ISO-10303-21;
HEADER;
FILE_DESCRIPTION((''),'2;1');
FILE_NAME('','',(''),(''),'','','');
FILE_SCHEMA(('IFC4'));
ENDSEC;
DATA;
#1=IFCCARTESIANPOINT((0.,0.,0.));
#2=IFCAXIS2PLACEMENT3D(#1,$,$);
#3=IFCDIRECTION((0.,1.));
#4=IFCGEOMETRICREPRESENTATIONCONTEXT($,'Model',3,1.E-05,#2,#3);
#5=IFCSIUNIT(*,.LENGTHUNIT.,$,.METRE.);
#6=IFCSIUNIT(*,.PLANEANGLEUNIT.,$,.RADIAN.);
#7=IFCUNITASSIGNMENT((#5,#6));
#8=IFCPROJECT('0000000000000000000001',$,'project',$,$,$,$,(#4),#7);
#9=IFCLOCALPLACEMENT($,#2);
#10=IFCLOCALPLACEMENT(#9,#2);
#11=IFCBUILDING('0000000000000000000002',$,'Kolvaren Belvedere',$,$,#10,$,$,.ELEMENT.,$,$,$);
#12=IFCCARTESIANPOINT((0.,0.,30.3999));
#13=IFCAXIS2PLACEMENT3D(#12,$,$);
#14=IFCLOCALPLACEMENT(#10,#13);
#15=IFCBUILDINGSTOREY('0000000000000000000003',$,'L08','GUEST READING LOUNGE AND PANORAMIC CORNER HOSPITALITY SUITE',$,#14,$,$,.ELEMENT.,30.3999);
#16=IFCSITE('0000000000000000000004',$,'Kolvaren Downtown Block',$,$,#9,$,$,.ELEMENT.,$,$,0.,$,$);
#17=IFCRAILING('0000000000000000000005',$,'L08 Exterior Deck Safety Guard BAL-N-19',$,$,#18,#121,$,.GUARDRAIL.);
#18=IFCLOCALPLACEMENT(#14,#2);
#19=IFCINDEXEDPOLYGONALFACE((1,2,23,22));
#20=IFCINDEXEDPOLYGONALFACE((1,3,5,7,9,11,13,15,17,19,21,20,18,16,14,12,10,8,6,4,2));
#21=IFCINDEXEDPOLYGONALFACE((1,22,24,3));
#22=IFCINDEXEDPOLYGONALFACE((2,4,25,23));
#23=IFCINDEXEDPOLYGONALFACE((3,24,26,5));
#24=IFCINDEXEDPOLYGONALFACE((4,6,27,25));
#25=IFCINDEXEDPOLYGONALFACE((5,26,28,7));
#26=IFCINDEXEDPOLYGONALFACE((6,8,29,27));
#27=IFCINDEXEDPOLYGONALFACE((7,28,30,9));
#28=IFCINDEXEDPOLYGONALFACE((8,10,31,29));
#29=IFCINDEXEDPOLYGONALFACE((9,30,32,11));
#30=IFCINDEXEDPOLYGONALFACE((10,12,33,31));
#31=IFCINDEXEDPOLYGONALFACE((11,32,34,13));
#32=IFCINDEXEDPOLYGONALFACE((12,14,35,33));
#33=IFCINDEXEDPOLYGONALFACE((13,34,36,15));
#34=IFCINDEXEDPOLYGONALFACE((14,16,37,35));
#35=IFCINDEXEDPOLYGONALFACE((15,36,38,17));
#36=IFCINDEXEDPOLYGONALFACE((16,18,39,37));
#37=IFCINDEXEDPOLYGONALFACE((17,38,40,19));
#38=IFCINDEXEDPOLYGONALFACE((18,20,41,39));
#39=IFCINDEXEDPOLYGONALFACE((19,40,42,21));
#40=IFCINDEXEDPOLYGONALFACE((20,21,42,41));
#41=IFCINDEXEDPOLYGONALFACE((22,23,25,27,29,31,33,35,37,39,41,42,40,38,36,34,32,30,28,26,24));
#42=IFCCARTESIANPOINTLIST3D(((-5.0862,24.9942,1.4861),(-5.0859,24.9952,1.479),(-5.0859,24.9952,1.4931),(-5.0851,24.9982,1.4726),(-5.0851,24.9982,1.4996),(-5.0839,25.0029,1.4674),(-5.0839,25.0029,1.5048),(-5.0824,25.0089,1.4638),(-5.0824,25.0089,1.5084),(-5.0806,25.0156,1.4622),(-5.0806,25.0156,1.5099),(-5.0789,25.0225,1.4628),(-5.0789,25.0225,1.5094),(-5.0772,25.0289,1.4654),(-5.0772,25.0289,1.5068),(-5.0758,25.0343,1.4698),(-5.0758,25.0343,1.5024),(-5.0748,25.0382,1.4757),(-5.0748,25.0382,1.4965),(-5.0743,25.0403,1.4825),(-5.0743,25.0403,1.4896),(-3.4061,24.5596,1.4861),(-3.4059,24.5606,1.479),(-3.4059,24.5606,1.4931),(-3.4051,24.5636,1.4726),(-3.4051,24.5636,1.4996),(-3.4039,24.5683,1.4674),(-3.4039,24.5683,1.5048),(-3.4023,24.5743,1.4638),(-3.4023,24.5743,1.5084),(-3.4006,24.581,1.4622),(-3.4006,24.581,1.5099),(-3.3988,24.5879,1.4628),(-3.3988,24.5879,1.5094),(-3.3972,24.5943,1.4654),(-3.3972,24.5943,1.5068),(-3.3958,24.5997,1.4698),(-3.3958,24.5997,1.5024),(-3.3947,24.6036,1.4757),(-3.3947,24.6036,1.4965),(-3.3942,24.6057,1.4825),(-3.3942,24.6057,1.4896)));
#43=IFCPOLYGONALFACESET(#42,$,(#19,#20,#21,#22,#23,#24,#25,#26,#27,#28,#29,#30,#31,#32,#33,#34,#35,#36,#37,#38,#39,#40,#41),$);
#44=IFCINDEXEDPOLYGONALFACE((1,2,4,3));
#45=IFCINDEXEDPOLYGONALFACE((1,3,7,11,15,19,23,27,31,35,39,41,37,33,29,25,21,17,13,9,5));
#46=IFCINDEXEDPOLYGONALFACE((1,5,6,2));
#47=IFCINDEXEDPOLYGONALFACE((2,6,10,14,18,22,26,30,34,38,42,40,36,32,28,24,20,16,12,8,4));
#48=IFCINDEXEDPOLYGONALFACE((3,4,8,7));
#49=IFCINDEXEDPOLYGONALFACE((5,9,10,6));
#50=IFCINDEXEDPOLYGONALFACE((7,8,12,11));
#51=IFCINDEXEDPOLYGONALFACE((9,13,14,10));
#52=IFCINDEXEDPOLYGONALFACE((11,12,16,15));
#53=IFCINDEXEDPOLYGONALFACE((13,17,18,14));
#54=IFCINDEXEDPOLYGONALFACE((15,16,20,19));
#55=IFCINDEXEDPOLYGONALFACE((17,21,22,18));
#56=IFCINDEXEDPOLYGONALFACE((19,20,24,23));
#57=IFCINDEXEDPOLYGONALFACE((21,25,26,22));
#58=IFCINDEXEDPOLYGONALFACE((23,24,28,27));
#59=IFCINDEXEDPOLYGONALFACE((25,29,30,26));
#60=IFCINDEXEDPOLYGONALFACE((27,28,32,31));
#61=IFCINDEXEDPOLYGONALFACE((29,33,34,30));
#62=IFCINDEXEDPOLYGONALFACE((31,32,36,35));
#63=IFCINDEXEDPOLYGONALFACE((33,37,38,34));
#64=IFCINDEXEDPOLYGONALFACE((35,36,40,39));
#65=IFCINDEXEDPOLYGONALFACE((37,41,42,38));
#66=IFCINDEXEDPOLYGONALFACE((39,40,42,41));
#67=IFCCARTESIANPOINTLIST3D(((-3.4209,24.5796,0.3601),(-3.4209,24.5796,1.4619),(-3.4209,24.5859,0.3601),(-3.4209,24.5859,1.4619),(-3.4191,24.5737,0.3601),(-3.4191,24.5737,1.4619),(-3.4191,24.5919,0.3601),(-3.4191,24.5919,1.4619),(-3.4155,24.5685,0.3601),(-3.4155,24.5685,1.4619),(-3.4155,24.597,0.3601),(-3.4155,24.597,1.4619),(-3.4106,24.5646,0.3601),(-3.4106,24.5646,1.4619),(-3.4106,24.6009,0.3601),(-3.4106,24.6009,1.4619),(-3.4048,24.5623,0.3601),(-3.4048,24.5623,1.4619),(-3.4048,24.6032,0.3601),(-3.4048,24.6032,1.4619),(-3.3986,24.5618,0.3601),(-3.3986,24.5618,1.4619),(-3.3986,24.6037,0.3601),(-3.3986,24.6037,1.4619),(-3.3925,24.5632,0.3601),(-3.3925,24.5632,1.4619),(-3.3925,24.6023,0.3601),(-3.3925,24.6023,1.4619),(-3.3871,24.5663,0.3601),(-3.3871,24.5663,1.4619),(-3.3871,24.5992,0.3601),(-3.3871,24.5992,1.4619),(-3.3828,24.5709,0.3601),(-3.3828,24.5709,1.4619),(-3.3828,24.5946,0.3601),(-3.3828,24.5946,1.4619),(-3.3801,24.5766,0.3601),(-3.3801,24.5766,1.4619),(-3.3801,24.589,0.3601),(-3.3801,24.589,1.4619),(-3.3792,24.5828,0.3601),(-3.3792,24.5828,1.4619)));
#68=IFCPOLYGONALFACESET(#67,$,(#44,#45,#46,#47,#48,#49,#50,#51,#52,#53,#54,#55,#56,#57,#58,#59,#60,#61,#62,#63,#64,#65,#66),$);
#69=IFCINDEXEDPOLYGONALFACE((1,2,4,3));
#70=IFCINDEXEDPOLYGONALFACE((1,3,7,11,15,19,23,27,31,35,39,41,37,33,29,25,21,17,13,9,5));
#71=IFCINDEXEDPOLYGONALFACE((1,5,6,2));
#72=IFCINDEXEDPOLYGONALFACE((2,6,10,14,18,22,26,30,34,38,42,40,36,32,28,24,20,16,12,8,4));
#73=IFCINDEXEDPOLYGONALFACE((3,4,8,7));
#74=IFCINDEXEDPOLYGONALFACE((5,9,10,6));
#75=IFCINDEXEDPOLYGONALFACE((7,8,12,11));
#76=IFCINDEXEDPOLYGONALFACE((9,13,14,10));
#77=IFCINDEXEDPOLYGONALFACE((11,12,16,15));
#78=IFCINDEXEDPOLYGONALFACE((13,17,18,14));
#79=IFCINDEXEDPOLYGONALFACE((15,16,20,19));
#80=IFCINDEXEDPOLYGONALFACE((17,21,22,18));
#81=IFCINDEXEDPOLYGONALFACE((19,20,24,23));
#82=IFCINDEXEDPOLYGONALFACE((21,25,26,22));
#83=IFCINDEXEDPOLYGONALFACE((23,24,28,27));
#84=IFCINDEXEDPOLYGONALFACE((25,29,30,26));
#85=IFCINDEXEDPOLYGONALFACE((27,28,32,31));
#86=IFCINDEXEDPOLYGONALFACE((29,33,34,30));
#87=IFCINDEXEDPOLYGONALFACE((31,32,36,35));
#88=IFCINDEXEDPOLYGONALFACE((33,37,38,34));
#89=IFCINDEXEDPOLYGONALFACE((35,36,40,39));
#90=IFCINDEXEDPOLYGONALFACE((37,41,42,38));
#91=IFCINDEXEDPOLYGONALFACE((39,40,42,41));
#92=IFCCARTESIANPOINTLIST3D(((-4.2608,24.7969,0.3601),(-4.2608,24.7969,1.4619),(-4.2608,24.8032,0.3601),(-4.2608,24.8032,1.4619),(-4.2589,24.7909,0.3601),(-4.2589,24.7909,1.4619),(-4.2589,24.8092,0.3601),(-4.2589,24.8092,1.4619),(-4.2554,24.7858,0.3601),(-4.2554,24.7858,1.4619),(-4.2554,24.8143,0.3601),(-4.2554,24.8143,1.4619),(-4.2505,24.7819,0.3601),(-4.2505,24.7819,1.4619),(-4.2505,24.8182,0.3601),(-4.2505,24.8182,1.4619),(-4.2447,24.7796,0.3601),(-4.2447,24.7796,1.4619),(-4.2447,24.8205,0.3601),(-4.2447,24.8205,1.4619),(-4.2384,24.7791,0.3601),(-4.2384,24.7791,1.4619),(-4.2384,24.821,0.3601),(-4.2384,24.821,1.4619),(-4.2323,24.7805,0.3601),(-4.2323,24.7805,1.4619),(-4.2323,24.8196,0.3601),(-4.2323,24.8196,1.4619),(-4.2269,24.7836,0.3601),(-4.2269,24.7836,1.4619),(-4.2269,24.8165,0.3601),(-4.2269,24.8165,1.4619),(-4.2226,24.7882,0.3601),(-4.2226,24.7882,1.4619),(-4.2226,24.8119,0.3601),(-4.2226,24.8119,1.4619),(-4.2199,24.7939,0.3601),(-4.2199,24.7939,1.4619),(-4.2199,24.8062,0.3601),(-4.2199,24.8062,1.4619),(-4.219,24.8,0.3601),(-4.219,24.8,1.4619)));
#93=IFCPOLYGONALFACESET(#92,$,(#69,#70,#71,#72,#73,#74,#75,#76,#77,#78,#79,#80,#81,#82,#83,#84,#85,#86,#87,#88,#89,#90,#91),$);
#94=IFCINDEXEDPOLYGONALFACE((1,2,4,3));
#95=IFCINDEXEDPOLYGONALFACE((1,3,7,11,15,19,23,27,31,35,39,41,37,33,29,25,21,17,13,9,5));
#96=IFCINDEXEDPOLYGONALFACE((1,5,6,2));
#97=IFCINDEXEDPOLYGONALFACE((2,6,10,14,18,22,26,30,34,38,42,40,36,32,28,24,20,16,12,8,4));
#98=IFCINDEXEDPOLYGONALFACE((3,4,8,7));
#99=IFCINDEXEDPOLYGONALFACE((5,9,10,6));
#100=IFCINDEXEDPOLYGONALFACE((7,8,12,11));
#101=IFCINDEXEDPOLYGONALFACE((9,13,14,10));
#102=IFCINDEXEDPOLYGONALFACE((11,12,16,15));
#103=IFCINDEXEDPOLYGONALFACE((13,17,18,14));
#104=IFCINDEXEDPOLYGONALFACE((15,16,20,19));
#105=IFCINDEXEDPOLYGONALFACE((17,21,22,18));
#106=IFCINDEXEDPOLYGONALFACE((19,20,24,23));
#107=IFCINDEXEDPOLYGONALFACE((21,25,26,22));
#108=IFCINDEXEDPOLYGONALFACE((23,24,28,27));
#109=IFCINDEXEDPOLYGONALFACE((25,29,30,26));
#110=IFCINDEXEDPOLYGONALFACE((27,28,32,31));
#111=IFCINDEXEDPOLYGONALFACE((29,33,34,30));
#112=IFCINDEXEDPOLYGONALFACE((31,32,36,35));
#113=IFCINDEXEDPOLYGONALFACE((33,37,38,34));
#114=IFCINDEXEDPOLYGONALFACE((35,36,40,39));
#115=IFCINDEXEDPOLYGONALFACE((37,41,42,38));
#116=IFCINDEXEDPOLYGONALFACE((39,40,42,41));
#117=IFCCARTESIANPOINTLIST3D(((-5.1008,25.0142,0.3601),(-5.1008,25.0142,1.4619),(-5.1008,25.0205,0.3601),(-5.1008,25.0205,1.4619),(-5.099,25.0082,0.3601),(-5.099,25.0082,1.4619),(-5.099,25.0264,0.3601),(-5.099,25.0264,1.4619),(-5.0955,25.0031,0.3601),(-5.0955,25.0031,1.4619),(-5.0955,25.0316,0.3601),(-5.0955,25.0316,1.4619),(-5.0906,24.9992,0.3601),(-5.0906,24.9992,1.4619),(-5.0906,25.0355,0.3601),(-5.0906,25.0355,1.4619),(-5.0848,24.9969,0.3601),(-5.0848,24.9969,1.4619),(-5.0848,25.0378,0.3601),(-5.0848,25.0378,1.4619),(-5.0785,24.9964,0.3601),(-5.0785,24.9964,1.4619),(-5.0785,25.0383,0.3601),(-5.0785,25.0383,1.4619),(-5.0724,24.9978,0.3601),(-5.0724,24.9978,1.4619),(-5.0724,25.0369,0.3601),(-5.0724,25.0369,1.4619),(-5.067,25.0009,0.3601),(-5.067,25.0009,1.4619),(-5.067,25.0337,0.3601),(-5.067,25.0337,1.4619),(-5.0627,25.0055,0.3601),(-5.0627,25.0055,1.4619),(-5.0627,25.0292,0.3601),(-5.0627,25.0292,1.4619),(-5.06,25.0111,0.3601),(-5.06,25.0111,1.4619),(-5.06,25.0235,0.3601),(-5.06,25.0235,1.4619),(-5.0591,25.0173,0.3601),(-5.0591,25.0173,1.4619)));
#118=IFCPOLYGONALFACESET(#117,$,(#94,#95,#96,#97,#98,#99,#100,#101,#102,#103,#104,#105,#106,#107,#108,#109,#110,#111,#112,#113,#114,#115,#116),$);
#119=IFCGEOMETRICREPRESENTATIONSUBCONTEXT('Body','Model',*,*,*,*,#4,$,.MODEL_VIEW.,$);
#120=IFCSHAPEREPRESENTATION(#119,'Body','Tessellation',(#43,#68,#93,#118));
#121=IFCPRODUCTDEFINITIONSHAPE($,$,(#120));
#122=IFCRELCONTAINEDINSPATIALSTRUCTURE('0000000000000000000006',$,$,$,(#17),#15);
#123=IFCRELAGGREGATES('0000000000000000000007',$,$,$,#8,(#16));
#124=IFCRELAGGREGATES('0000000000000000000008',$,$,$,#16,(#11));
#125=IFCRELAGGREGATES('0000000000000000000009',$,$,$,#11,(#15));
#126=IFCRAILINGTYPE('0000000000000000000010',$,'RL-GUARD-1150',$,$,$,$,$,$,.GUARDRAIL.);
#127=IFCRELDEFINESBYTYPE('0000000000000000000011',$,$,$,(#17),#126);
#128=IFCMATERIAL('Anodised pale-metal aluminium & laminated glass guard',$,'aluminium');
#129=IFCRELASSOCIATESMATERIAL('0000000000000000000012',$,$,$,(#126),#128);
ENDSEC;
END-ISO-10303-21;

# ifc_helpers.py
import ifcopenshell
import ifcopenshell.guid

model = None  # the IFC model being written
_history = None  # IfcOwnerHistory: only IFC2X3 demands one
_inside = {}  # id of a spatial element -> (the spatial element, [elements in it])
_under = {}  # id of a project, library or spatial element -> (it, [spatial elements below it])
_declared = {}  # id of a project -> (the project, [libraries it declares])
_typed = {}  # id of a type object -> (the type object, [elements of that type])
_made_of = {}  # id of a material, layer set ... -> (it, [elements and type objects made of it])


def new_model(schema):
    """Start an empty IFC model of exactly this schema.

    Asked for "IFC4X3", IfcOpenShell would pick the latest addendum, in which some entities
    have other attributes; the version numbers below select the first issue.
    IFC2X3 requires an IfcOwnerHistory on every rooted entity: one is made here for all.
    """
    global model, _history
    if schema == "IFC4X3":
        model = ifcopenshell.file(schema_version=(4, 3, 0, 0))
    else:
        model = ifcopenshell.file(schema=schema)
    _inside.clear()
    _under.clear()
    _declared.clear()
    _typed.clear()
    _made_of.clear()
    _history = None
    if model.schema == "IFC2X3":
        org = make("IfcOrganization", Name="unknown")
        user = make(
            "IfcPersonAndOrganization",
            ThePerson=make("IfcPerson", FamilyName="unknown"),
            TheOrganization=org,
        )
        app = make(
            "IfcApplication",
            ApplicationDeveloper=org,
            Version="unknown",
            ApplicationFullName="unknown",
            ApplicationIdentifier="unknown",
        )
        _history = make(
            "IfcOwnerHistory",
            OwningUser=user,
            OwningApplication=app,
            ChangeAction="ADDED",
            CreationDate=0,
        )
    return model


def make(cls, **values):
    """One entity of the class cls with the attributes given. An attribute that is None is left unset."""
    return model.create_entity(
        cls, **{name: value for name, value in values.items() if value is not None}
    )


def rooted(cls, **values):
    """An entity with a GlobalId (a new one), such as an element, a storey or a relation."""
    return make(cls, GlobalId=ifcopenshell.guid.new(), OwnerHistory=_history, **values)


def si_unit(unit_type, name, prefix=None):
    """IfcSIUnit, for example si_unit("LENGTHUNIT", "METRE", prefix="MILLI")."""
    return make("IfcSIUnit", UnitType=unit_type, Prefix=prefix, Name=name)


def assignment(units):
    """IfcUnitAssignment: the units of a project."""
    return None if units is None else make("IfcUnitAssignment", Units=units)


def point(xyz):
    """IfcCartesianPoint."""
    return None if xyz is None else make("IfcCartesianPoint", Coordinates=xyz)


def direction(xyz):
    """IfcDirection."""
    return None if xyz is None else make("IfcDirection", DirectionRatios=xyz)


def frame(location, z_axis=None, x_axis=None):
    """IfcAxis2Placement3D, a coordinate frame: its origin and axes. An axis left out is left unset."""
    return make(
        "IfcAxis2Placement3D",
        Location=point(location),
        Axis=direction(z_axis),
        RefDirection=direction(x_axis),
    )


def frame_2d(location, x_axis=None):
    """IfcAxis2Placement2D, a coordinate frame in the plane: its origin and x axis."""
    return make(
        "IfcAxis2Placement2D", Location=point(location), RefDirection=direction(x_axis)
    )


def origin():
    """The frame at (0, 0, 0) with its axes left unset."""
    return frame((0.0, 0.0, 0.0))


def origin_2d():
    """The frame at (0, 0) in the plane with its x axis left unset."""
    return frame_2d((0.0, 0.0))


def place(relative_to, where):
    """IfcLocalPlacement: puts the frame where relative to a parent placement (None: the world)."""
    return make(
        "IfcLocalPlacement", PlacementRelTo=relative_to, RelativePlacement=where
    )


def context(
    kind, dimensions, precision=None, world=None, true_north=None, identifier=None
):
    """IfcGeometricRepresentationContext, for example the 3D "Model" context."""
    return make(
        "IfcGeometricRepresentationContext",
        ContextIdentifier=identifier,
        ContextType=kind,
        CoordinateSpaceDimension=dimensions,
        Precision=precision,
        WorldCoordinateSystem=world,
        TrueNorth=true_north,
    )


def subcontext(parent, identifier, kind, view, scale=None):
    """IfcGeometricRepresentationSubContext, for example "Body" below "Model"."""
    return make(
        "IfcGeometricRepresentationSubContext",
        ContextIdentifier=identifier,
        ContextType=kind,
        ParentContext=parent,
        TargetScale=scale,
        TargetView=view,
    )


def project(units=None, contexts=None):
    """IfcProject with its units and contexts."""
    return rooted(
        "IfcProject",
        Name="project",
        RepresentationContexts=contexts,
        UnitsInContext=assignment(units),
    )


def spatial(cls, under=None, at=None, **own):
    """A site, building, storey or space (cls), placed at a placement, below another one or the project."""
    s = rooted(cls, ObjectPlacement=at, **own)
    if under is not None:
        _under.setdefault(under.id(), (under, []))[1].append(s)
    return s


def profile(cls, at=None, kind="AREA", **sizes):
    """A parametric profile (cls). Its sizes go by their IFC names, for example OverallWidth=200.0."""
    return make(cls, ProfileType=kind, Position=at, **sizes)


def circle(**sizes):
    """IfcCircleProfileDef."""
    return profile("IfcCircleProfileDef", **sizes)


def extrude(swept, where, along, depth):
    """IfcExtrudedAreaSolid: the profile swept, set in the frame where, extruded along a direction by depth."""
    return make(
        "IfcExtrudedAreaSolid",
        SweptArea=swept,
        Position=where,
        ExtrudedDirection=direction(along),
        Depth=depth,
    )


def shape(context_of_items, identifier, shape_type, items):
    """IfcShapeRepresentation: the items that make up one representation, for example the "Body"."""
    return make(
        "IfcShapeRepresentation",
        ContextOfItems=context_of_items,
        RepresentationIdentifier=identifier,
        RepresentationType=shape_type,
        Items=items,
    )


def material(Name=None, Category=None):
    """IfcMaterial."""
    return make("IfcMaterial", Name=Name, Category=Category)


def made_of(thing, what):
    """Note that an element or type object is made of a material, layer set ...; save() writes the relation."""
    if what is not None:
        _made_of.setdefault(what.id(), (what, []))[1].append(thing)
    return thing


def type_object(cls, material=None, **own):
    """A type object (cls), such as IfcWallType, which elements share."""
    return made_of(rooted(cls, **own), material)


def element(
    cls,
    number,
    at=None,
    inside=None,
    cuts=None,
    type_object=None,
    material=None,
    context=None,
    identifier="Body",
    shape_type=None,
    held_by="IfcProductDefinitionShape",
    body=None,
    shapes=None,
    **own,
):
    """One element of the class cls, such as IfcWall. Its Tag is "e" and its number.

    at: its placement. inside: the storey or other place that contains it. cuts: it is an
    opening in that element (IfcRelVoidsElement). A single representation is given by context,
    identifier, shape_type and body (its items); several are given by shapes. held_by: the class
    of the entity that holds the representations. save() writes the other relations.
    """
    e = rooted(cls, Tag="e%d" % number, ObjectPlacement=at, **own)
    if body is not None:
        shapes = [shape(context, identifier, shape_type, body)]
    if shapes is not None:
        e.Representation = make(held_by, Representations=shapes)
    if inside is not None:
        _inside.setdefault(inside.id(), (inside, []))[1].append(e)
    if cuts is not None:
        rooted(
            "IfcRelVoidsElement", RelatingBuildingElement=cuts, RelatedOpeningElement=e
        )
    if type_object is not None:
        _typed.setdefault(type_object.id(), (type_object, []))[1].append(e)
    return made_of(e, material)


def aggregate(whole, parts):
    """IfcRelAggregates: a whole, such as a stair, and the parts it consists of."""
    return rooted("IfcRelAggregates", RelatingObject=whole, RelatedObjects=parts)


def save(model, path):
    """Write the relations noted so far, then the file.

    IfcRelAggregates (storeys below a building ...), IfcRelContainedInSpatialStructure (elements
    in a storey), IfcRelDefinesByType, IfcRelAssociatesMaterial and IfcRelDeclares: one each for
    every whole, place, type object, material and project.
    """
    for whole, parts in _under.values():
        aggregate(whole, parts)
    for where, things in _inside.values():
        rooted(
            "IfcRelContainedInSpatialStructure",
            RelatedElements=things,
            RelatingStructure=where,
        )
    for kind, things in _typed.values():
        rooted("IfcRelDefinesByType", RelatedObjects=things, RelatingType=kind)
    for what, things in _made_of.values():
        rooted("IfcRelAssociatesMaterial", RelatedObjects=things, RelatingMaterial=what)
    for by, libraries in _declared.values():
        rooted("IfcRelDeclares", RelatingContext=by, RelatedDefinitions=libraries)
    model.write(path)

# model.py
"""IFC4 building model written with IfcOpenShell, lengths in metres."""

from ifc_helpers import new_model, si_unit, direction, frame, origin, origin_2d, place, context, subcontext, project, spatial, circle, extrude, material, type_object, element, save


model = new_model("IFC4")

# Units and contexts
model_context = context("Model", 3, precision=1e-05, world=origin(), true_north=direction((0.0, 1.0)))
body_context = subcontext(model_context, "Body", "Model", "MODEL_VIEW")
ifc_project = project(units=[si_unit("LENGTHUNIT", "METRE"), si_unit("PLANEANGLEUNIT", "RADIAN")], contexts=[model_context])

# Site, building, storey
site_placement = place(None, origin())
site = spatial("IfcSite", under=ifc_project, at=site_placement, Name="Kolvaren Downtown Block", CompositionType="ELEMENT", RefElevation=0.0)
building_placement = place(site_placement, origin())
building = spatial("IfcBuilding", under=site, at=building_placement, Name="Kolvaren Belvedere", CompositionType="ELEMENT")
storey_placement = place(building_placement, frame((0.0, 0.0, 30.3999)))
storey = spatial("IfcBuildingStorey", under=building, at=storey_placement, Name="L08", Description="GUEST READING LOUNGE AND PANORAMIC CORNER HOSPITALITY SUITE", CompositionType="ELEMENT", Elevation=30.3999)

# Railing
ifc_material_1 = material(Name="Anodised pale-metal aluminium & laminated glass guard", Category="aluminium")
railing_type = type_object("IfcRailingType", Name="RL-GUARD-1150", PredefinedType="GUARDRAIL", material=ifc_material_1)
railing_1_placement = place(storey_placement, frame((-3.4001, 24.5828, 0.3601)))
element("IfcRailing", 1, at=railing_1_placement, inside=storey, type_object=railing_type, Name="L08 Exterior Deck Safety Guard BAL-N-19", PredefinedType="GUARDRAIL", context=body_context, shape_type="SweptSolid", body=[
    extrude(circle(Radius=0.0239, at=origin_2d()), frame((0.0, 0.0, 1.126), z_axis=(-0.968132, 0.25044, 0.0), x_axis=(-0.25044, -0.968132, 0.0)), (0.0, 0.0, 1.0), 1.7354),
    extrude(circle(Radius=0.021, at=origin_2d()), origin(), (0.0, 0.0, 1.0), 1.1018),
    extrude(circle(Radius=0.021, at=origin_2d()), frame((-0.8398, 0.2173, 0.0)), (0.0, 0.0, 1.0), 1.1018),
    extrude(circle(Radius=0.021, at=origin_2d()), frame((-1.6799, 0.4346, 0.0)), (0.0, 0.0, 1.0), 1.1018),
])

save(model, "model.ifc")
